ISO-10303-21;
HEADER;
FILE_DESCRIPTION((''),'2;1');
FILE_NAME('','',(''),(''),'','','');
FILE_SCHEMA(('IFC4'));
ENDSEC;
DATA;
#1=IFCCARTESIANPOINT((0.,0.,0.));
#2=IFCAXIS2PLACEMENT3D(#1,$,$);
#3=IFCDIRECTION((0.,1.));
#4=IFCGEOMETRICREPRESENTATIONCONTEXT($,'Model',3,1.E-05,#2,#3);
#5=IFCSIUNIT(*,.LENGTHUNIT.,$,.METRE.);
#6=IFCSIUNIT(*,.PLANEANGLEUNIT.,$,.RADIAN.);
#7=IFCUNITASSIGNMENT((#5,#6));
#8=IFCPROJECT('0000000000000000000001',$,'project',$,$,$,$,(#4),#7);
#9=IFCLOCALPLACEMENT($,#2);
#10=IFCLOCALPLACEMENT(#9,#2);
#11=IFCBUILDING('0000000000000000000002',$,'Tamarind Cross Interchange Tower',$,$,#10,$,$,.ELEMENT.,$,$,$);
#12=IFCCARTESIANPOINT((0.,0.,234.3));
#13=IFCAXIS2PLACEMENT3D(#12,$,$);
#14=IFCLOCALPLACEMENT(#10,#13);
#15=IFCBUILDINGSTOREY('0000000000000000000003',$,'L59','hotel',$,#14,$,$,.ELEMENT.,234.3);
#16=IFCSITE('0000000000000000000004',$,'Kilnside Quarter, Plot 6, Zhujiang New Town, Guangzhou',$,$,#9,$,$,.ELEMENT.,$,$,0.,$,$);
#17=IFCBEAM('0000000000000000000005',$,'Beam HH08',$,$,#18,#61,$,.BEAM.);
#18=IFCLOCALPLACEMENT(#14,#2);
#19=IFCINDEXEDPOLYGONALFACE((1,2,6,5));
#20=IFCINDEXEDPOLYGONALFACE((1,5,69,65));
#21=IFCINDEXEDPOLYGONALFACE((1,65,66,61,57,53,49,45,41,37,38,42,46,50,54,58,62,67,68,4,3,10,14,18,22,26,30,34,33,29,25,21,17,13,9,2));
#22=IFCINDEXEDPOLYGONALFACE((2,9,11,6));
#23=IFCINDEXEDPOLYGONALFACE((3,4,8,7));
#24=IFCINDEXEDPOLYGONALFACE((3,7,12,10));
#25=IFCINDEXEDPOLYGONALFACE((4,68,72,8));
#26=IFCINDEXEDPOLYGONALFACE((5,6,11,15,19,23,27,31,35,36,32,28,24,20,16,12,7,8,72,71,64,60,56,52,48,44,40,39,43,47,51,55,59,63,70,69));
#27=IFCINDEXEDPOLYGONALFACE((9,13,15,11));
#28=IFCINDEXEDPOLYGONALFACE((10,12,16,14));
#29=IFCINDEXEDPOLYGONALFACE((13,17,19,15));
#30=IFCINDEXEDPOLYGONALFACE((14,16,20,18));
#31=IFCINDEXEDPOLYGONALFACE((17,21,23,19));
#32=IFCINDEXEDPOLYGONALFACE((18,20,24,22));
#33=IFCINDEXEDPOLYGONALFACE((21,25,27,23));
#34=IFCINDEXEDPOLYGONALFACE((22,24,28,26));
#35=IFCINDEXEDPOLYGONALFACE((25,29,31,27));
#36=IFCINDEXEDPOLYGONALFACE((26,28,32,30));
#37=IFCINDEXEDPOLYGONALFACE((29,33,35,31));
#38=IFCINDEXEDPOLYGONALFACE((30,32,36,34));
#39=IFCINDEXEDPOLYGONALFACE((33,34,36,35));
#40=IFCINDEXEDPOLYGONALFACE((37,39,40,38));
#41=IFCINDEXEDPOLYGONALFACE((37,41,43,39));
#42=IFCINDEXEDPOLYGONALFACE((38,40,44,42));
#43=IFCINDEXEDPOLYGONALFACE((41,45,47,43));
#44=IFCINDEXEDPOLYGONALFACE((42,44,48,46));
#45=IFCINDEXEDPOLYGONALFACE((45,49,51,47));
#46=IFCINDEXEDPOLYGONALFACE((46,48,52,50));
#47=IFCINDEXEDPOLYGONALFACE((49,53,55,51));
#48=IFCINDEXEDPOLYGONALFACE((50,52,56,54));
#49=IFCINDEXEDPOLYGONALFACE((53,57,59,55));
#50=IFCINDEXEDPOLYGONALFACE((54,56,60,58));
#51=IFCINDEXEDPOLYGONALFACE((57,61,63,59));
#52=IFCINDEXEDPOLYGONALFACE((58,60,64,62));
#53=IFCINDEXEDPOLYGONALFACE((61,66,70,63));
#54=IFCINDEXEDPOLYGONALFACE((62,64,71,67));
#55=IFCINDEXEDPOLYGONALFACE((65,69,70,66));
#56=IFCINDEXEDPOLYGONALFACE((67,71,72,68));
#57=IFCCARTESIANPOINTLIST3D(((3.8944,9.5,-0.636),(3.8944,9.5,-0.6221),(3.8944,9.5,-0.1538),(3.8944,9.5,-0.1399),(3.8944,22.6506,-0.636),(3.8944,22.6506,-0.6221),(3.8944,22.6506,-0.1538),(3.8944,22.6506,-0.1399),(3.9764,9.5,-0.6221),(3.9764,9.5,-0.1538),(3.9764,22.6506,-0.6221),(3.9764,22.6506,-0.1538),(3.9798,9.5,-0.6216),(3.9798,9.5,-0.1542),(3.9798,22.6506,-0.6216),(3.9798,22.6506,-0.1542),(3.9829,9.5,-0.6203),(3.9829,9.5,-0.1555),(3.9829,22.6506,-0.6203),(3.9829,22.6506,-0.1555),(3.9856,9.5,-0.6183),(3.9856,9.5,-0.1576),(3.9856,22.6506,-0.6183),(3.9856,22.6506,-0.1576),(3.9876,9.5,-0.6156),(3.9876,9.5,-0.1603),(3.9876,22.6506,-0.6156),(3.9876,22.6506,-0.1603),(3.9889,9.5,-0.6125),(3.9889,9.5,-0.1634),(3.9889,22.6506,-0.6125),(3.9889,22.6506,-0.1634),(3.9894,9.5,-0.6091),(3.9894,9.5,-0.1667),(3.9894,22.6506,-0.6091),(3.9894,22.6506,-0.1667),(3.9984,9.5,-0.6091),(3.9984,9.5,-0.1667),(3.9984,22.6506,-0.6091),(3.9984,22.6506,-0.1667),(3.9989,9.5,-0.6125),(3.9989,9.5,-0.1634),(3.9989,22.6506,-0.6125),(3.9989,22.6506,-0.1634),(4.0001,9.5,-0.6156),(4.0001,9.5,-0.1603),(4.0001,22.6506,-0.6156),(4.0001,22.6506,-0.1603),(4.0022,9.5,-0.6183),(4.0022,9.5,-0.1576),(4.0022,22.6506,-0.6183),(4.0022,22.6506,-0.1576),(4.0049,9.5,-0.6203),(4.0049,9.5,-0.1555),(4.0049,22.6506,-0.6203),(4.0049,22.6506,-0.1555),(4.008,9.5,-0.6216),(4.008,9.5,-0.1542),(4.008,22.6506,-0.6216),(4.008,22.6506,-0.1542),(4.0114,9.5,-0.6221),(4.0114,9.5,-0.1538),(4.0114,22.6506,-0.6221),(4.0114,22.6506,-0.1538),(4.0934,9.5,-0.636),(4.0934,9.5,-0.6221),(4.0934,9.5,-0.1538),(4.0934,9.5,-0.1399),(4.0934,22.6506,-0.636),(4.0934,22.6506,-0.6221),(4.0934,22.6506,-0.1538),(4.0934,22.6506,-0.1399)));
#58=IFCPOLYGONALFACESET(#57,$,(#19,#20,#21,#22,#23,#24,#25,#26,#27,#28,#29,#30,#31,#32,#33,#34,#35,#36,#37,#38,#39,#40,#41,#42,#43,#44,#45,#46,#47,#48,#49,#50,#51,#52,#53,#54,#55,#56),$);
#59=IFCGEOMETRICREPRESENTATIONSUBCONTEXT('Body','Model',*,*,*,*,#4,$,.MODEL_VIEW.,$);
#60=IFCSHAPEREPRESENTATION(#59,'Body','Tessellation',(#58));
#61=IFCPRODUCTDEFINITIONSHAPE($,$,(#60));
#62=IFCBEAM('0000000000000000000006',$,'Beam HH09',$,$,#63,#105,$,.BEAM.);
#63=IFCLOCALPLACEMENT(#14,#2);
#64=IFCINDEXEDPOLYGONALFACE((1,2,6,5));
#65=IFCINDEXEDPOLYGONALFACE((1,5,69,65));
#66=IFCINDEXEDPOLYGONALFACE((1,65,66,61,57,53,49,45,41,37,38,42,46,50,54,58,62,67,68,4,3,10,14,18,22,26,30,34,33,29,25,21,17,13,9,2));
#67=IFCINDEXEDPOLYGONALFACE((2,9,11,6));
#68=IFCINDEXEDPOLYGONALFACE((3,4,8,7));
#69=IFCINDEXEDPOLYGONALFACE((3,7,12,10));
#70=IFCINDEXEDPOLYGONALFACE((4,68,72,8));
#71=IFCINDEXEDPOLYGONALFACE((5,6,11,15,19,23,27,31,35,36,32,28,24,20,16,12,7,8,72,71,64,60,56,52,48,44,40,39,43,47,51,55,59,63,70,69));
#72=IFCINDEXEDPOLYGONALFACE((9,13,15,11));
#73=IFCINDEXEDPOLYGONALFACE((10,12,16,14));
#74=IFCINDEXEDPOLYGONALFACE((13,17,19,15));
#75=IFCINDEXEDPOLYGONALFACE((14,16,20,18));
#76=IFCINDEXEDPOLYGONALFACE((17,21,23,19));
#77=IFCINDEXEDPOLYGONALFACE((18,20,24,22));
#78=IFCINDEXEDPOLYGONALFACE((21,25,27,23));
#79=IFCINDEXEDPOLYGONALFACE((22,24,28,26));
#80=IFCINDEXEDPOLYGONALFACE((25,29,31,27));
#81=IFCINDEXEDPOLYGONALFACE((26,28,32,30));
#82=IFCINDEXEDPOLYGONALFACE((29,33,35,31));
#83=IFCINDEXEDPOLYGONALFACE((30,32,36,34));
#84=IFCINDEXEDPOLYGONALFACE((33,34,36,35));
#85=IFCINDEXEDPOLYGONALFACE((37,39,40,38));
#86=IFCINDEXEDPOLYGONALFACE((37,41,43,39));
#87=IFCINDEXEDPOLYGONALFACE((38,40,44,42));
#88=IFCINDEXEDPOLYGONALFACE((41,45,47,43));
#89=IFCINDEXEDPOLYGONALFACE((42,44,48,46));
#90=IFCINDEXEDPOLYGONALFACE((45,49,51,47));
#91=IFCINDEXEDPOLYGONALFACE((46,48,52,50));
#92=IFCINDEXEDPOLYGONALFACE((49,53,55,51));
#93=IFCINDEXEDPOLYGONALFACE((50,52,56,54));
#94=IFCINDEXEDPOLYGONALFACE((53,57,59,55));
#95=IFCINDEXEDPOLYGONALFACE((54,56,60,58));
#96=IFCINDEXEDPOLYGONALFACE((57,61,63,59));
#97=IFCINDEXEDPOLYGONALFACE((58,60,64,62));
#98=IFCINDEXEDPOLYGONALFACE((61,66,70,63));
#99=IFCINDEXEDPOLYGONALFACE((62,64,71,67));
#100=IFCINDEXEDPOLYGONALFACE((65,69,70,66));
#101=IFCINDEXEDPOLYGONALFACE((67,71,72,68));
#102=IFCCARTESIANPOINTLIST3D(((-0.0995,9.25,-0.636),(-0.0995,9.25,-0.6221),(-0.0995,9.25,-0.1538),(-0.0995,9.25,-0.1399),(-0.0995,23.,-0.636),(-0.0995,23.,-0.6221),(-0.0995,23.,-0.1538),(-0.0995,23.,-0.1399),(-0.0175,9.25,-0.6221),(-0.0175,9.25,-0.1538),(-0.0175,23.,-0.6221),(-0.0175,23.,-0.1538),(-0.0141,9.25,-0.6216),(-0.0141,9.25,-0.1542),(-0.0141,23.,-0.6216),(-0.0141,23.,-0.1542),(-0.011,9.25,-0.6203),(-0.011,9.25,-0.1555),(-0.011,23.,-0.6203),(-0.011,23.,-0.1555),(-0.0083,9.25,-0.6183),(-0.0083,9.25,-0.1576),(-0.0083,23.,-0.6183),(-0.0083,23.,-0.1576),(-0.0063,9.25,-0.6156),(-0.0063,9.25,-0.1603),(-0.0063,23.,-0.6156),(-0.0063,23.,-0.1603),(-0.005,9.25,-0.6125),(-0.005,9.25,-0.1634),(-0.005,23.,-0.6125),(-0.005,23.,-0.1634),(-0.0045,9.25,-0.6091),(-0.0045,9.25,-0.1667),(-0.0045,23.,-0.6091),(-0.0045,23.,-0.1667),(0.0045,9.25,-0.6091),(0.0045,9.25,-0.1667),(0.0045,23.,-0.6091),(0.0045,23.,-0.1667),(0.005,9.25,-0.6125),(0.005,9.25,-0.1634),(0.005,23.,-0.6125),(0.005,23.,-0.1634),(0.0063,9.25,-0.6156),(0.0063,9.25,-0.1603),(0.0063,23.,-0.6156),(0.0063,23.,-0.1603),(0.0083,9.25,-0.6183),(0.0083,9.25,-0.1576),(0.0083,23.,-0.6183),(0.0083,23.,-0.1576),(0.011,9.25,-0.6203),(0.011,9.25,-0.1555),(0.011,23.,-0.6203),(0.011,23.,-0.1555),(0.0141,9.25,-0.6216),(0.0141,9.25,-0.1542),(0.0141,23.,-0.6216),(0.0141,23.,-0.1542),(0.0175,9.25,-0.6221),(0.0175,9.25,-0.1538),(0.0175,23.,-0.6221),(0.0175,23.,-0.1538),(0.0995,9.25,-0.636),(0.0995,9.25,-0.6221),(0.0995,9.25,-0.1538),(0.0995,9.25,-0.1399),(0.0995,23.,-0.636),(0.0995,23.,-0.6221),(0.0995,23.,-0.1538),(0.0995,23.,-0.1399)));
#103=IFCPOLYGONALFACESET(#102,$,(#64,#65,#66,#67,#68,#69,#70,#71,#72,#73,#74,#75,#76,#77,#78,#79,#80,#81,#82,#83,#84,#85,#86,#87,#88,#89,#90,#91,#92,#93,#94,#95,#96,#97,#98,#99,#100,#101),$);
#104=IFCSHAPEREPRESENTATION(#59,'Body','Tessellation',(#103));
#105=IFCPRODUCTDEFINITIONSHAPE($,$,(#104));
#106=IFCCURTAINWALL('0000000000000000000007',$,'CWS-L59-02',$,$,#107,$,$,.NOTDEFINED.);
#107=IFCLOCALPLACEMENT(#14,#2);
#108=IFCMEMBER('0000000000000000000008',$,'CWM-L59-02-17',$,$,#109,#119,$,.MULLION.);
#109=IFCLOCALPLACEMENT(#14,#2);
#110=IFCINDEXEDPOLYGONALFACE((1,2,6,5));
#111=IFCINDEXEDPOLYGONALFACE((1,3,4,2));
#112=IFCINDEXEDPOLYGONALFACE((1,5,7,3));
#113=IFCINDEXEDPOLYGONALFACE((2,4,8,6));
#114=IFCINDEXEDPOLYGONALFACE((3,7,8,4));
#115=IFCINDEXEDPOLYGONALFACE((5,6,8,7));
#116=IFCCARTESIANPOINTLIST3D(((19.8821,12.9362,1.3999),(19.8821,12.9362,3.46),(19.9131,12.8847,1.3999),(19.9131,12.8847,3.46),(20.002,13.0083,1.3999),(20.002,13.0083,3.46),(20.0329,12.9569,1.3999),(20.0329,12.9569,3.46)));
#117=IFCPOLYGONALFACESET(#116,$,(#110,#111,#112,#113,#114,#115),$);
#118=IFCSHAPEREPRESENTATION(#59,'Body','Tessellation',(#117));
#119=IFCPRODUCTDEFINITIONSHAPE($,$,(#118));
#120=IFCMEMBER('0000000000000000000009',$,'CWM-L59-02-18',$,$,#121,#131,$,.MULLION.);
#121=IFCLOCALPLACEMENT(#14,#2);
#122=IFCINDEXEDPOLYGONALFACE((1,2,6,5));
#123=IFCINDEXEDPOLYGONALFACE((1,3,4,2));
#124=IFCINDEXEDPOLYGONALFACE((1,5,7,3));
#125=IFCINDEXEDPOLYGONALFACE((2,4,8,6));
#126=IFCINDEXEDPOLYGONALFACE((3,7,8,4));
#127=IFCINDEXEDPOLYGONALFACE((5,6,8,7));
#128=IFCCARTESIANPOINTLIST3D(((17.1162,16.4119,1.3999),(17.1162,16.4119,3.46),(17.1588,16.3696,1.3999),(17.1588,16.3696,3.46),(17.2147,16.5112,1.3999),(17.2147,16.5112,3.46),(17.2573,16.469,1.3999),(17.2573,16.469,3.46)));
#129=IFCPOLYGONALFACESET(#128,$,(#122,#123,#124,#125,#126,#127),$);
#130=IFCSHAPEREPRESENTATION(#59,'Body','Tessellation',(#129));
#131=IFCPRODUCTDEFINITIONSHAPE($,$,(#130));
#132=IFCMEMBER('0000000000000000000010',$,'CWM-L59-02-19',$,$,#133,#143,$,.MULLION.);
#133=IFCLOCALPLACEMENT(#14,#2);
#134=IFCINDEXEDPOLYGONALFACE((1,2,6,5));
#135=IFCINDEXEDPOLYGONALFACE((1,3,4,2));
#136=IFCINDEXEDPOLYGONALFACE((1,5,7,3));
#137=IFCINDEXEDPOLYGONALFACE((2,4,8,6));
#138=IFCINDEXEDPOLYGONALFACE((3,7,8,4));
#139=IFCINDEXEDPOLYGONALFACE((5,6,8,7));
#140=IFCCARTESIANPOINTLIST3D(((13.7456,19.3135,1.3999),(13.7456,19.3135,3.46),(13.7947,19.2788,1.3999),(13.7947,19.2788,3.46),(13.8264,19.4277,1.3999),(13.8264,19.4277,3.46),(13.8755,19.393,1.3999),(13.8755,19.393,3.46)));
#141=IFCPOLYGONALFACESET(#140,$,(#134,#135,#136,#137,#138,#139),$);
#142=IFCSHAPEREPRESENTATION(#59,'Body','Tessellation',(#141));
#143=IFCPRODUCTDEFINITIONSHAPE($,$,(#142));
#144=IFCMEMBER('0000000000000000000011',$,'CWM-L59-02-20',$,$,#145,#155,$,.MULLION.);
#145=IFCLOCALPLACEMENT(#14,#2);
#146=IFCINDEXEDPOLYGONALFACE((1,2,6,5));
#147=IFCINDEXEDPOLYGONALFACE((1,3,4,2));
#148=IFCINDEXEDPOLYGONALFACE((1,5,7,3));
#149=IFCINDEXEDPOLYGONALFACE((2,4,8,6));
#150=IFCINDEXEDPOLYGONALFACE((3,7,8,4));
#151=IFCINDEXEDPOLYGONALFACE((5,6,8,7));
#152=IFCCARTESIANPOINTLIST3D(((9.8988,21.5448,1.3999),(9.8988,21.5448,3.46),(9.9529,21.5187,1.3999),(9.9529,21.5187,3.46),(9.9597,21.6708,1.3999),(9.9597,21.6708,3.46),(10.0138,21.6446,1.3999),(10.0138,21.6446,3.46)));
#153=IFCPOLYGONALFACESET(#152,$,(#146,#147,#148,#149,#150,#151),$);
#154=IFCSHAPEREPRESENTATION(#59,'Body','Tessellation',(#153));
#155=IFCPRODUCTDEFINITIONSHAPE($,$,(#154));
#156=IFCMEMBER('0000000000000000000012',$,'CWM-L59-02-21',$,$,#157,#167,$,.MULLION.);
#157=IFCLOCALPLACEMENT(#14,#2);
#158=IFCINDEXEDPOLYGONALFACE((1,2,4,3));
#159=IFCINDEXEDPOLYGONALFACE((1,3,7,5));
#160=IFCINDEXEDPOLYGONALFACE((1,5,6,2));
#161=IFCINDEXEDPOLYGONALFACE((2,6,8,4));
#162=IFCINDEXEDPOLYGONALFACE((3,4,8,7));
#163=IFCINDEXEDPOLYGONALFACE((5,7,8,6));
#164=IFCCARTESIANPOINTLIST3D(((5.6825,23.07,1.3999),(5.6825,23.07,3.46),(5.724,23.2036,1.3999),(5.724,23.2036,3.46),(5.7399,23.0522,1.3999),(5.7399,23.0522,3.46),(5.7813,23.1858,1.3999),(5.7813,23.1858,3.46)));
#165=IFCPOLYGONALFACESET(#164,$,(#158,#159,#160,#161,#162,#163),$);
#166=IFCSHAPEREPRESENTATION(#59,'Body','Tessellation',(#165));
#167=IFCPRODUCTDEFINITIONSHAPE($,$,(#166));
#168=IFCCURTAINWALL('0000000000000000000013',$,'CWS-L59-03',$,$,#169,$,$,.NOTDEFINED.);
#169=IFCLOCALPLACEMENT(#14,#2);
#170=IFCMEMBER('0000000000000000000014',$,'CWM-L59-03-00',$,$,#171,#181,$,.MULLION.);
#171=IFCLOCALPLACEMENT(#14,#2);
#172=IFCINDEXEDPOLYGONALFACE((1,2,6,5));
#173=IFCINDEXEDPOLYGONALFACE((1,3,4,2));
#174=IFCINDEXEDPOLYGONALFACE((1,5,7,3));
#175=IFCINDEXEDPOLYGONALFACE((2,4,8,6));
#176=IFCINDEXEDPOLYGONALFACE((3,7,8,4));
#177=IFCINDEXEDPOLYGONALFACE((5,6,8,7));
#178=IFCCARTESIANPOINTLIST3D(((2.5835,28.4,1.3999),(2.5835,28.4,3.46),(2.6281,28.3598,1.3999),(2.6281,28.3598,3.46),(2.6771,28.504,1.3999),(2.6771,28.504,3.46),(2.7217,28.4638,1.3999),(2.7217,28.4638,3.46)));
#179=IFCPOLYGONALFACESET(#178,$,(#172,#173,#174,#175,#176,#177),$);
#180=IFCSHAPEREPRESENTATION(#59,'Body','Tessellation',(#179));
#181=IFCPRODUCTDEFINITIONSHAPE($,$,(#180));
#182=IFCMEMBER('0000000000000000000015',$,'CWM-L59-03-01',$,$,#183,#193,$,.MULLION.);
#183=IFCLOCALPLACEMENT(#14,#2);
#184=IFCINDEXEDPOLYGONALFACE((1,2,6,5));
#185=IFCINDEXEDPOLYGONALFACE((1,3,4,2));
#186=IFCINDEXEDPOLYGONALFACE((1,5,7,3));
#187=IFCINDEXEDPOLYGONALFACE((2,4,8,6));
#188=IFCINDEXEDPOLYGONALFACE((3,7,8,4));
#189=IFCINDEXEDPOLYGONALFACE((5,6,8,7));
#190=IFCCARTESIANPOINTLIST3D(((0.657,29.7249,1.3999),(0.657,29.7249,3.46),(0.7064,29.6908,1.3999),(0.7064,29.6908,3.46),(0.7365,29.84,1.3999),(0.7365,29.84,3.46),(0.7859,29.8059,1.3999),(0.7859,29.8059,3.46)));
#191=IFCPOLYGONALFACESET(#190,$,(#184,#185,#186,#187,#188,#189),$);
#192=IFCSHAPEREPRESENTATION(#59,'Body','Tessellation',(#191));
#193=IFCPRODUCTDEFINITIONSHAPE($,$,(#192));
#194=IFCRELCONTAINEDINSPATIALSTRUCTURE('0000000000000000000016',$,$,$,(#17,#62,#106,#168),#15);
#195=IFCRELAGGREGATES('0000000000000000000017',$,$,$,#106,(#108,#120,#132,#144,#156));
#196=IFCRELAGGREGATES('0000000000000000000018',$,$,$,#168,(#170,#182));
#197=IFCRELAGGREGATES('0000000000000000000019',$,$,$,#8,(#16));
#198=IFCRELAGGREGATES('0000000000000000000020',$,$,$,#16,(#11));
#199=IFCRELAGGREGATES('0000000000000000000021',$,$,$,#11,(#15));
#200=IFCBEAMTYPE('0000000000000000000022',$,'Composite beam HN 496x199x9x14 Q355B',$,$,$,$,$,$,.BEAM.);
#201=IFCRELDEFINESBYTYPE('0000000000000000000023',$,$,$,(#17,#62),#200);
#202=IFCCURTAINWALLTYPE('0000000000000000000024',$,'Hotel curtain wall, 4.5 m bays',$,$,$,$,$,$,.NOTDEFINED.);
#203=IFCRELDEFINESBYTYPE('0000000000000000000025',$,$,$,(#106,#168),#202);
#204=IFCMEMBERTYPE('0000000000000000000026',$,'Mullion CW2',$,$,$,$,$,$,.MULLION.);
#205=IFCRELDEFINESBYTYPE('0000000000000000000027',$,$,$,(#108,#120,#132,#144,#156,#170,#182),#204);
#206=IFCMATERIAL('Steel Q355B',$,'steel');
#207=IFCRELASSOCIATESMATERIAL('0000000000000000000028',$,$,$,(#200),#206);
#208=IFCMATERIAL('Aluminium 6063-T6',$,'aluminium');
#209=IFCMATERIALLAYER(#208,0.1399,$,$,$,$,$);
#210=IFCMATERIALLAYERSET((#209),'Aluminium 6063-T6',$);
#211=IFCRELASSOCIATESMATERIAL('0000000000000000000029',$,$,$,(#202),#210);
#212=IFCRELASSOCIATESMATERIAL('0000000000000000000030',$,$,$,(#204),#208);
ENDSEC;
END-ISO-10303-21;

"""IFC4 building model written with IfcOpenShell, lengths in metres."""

from ifc_helpers import new_model, si_unit, direction, frame, origin, origin_2d, place, context, subcontext, project, spatial, rectangle, i_section, extrude, material, layer, layer_set, material_profile, profile_set, type_object, element, aggregate, save


model = new_model("IFC4")

# Units and contexts
model_context = context("Model", 3, precision=1e-05, world=origin(), true_north=direction((0.0, 1.0)))
body_context = subcontext(model_context, "Body", "Model", "MODEL_VIEW")
ifc_project = project(units=[si_unit("LENGTHUNIT", "METRE"), si_unit("PLANEANGLEUNIT", "RADIAN")], contexts=[model_context])

# Site, building, storey
site_placement = place(None, origin())
site = spatial("IfcSite", under=ifc_project, at=site_placement, Name="Kilnside Quarter, Plot 6, Zhujiang New Town, Guangzhou", CompositionType="ELEMENT", RefElevation=0.0)
building_placement = place(site_placement, origin())
building = spatial("IfcBuilding", under=site, at=building_placement, Name="Tamarind Cross Interchange Tower", CompositionType="ELEMENT")
storey_placement = place(building_placement, frame((0.0, 0.0, 234.3)))
storey = spatial("IfcBuildingStorey", under=building, at=storey_placement, Name="L59", Description="hotel", CompositionType="ELEMENT", Elevation=234.3)

# Beams
ifc_material_1 = material(Name="Steel Q355B", Category="steel")
ifc_material_profile_1 = material_profile(ifc_material_1, i_section(OverallWidth=0.199, OverallDepth=0.4961, WebThickness=0.009, FlangeThickness=0.0139, FilletRadius=0.0129, at=origin_2d()), Name="HN 496x199x9x14")
ifc_profile_set_1 = profile_set([ifc_material_profile_1], Name="Steel Q355B")
beam_type = type_object("IfcBeamType", Name="Composite beam HN 496x199x9x14 Q355B", PredefinedType="BEAM", material=ifc_profile_set_1)
beam_1_placement = place(storey_placement, frame((3.9939, 22.6506, -0.3879), z_axis=(0.0, -1.0, 0.0), x_axis=(1.0, 0.0, 0.0)))
element("IfcBeam", 1, at=beam_1_placement, inside=storey, type_object=beam_type, Name="Beam HH08", PredefinedType="BEAM", context=body_context, shape_type="SweptSolid", body=[
    extrude(i_section(OverallWidth=0.199, OverallDepth=0.4961, WebThickness=0.009, FlangeThickness=0.0139, FilletRadius=0.0129, at=origin_2d()), origin(), (0.0, 0.0, 1.0), 13.1506),
])
beam_2_placement = place(storey_placement, frame((0.0, 23.0, -0.3879), z_axis=(0.0, -1.0, 0.0), x_axis=(1.0, 0.0, 0.0)))
element("IfcBeam", 2, at=beam_2_placement, inside=storey, type_object=beam_type, Name="Beam HH09", PredefinedType="BEAM", context=body_context, shape_type="SweptSolid", body=[
    extrude(i_section(OverallWidth=0.199, OverallDepth=0.4961, WebThickness=0.009, FlangeThickness=0.0139, FilletRadius=0.0129, at=origin_2d()), origin(), (0.0, 0.0, 1.0), 13.75),
])

# Curtain walls, members
ifc_material_2 = material(Name="Aluminium 6063-T6", Category="aluminium")
ifc_layer_1 = layer(ifc_material_2, 0.1399)
ifc_layer_set_1 = layer_set([ifc_layer_1], Name="Aluminium 6063-T6")
curtain_wall_type = type_object("IfcCurtainWallType", Name="Hotel curtain wall, 4.5 m bays", PredefinedType="NOTDEFINED", material=ifc_layer_set_1)
curtain_wall_1_placement = place(storey_placement, origin())
curtain_wall_1 = element("IfcCurtainWall", 3, at=curtain_wall_1_placement, inside=storey, type_object=curtain_wall_type, Name="CWS-L59-02", PredefinedType="NOTDEFINED")
ifc_material_profile_2 = material_profile(ifc_material_2, rectangle(XDim=0.0601, YDim=0.1399, at=origin_2d()), Name="Mullion CW2")
ifc_profile_set_2 = profile_set([ifc_material_profile_2], Name="Aluminium 6063-T6")
member_type = type_object("IfcMemberType", Name="Mullion CW2", PredefinedType="MULLION", material=ifc_profile_set_2)
member_1_placement = place(storey_placement, frame((19.9575, 12.9465, 1.3999), z_axis=(0.0, 0.0, 1.0), x_axis=(-0.515577, 0.856843, 0.0)))
member_1 = element("IfcMember", 4, at=member_1_placement, type_object=member_type, Name="CWM-L59-02-17", PredefinedType="MULLION", context=body_context, shape_type="SweptSolid", body=[
    extrude(rectangle(XDim=0.0601, YDim=0.1399, at=origin_2d()), origin(), (0.0, 0.0, 1.0), 2.0601),
])
member_2_placement = place(storey_placement, frame((17.1868, 16.4404, 1.3999), z_axis=(0.0, 0.0, 1.0), x_axis=(-0.710143, 0.704057, 0.0)))
member_2 = element("IfcMember", 5, at=member_2_placement, type_object=member_type, Name="CWM-L59-02-18", PredefinedType="MULLION", context=body_context, shape_type="SweptSolid", body=[
    extrude(rectangle(XDim=0.0601, YDim=0.1399, at=origin_2d()), origin(), (0.0, 0.0, 1.0), 2.0601),
])
member_3_placement = place(storey_placement, frame((13.8105, 19.3533, 1.3999), z_axis=(0.0, 0.0, 1.0), x_axis=(-0.816342, 0.577569, 0.0)))
member_3 = element("IfcMember", 6, at=member_3_placement, type_object=member_type, Name="CWM-L59-02-19", PredefinedType="MULLION", context=body_context, shape_type="SweptSolid", body=[
    extrude(rectangle(XDim=0.0601, YDim=0.1399, at=origin_2d()), origin(), (0.0, 0.0, 1.0), 2.0601),
])
member_4_placement = place(storey_placement, frame((9.9563, 21.5947, 1.3999), z_axis=(0.0, 0.0, 1.0), x_axis=(-0.900273, 0.435326, 0.0)))
member_4 = element("IfcMember", 7, at=member_4_placement, type_object=member_type, Name="CWM-L59-02-20", PredefinedType="MULLION", context=body_context, shape_type="SweptSolid", body=[
    extrude(rectangle(XDim=0.0601, YDim=0.1399, at=origin_2d()), origin(), (0.0, 0.0, 1.0), 2.0601),
])
member_5_placement = place(storey_placement, frame((5.7319, 23.1279, 1.3999), z_axis=(0.0, 0.0, 1.0), x_axis=(-0.955148, 0.296129, 0.0)))
member_5 = element("IfcMember", 8, at=member_5_placement, type_object=member_type, Name="CWM-L59-02-21", PredefinedType="MULLION", context=body_context, shape_type="SweptSolid", body=[
    extrude(rectangle(XDim=0.0601, YDim=0.1399, at=origin_2d()), origin(), (0.0, 0.0, 1.0), 2.0601),
])
aggregate(curtain_wall_1, [member_1, member_2, member_3, member_4, member_5])
curtain_wall_2_placement = place(storey_placement, origin())
curtain_wall_2 = element("IfcCurtainWall", 9, at=curtain_wall_2_placement, inside=storey, type_object=curtain_wall_type, Name="CWS-L59-03", PredefinedType="NOTDEFINED")
member_6_placement = place(storey_placement, frame((2.6526, 28.4319, 1.3999), z_axis=(0.0, 0.0, 1.0), x_axis=(-0.743015, 0.669275, 0.0)))
member_6 = element("IfcMember", 10, at=member_6_placement, type_object=member_type, Name="CWM-L59-03-00", PredefinedType="MULLION", context=body_context, shape_type="SweptSolid", body=[
    extrude(rectangle(XDim=0.0601, YDim=0.1399, at=origin_2d()), origin(), (0.0, 0.0, 1.0), 2.0601),
])
member_7_placement = place(storey_placement, frame((0.7214, 29.7654, 1.3999), z_axis=(0.0, 0.0, 1.0), x_axis=(-0.822883, 0.568211, 0.0)))
member_7 = element("IfcMember", 11, at=member_7_placement, type_object=member_type, Name="CWM-L59-03-01", PredefinedType="MULLION", context=body_context, shape_type="SweptSolid", body=[
    extrude(rectangle(XDim=0.0601, YDim=0.1399, at=origin_2d()), origin(), (0.0, 0.0, 1.0), 2.0601),
])
aggregate(curtain_wall_2, [member_6, member_7])

save(model, "model.ifc")
